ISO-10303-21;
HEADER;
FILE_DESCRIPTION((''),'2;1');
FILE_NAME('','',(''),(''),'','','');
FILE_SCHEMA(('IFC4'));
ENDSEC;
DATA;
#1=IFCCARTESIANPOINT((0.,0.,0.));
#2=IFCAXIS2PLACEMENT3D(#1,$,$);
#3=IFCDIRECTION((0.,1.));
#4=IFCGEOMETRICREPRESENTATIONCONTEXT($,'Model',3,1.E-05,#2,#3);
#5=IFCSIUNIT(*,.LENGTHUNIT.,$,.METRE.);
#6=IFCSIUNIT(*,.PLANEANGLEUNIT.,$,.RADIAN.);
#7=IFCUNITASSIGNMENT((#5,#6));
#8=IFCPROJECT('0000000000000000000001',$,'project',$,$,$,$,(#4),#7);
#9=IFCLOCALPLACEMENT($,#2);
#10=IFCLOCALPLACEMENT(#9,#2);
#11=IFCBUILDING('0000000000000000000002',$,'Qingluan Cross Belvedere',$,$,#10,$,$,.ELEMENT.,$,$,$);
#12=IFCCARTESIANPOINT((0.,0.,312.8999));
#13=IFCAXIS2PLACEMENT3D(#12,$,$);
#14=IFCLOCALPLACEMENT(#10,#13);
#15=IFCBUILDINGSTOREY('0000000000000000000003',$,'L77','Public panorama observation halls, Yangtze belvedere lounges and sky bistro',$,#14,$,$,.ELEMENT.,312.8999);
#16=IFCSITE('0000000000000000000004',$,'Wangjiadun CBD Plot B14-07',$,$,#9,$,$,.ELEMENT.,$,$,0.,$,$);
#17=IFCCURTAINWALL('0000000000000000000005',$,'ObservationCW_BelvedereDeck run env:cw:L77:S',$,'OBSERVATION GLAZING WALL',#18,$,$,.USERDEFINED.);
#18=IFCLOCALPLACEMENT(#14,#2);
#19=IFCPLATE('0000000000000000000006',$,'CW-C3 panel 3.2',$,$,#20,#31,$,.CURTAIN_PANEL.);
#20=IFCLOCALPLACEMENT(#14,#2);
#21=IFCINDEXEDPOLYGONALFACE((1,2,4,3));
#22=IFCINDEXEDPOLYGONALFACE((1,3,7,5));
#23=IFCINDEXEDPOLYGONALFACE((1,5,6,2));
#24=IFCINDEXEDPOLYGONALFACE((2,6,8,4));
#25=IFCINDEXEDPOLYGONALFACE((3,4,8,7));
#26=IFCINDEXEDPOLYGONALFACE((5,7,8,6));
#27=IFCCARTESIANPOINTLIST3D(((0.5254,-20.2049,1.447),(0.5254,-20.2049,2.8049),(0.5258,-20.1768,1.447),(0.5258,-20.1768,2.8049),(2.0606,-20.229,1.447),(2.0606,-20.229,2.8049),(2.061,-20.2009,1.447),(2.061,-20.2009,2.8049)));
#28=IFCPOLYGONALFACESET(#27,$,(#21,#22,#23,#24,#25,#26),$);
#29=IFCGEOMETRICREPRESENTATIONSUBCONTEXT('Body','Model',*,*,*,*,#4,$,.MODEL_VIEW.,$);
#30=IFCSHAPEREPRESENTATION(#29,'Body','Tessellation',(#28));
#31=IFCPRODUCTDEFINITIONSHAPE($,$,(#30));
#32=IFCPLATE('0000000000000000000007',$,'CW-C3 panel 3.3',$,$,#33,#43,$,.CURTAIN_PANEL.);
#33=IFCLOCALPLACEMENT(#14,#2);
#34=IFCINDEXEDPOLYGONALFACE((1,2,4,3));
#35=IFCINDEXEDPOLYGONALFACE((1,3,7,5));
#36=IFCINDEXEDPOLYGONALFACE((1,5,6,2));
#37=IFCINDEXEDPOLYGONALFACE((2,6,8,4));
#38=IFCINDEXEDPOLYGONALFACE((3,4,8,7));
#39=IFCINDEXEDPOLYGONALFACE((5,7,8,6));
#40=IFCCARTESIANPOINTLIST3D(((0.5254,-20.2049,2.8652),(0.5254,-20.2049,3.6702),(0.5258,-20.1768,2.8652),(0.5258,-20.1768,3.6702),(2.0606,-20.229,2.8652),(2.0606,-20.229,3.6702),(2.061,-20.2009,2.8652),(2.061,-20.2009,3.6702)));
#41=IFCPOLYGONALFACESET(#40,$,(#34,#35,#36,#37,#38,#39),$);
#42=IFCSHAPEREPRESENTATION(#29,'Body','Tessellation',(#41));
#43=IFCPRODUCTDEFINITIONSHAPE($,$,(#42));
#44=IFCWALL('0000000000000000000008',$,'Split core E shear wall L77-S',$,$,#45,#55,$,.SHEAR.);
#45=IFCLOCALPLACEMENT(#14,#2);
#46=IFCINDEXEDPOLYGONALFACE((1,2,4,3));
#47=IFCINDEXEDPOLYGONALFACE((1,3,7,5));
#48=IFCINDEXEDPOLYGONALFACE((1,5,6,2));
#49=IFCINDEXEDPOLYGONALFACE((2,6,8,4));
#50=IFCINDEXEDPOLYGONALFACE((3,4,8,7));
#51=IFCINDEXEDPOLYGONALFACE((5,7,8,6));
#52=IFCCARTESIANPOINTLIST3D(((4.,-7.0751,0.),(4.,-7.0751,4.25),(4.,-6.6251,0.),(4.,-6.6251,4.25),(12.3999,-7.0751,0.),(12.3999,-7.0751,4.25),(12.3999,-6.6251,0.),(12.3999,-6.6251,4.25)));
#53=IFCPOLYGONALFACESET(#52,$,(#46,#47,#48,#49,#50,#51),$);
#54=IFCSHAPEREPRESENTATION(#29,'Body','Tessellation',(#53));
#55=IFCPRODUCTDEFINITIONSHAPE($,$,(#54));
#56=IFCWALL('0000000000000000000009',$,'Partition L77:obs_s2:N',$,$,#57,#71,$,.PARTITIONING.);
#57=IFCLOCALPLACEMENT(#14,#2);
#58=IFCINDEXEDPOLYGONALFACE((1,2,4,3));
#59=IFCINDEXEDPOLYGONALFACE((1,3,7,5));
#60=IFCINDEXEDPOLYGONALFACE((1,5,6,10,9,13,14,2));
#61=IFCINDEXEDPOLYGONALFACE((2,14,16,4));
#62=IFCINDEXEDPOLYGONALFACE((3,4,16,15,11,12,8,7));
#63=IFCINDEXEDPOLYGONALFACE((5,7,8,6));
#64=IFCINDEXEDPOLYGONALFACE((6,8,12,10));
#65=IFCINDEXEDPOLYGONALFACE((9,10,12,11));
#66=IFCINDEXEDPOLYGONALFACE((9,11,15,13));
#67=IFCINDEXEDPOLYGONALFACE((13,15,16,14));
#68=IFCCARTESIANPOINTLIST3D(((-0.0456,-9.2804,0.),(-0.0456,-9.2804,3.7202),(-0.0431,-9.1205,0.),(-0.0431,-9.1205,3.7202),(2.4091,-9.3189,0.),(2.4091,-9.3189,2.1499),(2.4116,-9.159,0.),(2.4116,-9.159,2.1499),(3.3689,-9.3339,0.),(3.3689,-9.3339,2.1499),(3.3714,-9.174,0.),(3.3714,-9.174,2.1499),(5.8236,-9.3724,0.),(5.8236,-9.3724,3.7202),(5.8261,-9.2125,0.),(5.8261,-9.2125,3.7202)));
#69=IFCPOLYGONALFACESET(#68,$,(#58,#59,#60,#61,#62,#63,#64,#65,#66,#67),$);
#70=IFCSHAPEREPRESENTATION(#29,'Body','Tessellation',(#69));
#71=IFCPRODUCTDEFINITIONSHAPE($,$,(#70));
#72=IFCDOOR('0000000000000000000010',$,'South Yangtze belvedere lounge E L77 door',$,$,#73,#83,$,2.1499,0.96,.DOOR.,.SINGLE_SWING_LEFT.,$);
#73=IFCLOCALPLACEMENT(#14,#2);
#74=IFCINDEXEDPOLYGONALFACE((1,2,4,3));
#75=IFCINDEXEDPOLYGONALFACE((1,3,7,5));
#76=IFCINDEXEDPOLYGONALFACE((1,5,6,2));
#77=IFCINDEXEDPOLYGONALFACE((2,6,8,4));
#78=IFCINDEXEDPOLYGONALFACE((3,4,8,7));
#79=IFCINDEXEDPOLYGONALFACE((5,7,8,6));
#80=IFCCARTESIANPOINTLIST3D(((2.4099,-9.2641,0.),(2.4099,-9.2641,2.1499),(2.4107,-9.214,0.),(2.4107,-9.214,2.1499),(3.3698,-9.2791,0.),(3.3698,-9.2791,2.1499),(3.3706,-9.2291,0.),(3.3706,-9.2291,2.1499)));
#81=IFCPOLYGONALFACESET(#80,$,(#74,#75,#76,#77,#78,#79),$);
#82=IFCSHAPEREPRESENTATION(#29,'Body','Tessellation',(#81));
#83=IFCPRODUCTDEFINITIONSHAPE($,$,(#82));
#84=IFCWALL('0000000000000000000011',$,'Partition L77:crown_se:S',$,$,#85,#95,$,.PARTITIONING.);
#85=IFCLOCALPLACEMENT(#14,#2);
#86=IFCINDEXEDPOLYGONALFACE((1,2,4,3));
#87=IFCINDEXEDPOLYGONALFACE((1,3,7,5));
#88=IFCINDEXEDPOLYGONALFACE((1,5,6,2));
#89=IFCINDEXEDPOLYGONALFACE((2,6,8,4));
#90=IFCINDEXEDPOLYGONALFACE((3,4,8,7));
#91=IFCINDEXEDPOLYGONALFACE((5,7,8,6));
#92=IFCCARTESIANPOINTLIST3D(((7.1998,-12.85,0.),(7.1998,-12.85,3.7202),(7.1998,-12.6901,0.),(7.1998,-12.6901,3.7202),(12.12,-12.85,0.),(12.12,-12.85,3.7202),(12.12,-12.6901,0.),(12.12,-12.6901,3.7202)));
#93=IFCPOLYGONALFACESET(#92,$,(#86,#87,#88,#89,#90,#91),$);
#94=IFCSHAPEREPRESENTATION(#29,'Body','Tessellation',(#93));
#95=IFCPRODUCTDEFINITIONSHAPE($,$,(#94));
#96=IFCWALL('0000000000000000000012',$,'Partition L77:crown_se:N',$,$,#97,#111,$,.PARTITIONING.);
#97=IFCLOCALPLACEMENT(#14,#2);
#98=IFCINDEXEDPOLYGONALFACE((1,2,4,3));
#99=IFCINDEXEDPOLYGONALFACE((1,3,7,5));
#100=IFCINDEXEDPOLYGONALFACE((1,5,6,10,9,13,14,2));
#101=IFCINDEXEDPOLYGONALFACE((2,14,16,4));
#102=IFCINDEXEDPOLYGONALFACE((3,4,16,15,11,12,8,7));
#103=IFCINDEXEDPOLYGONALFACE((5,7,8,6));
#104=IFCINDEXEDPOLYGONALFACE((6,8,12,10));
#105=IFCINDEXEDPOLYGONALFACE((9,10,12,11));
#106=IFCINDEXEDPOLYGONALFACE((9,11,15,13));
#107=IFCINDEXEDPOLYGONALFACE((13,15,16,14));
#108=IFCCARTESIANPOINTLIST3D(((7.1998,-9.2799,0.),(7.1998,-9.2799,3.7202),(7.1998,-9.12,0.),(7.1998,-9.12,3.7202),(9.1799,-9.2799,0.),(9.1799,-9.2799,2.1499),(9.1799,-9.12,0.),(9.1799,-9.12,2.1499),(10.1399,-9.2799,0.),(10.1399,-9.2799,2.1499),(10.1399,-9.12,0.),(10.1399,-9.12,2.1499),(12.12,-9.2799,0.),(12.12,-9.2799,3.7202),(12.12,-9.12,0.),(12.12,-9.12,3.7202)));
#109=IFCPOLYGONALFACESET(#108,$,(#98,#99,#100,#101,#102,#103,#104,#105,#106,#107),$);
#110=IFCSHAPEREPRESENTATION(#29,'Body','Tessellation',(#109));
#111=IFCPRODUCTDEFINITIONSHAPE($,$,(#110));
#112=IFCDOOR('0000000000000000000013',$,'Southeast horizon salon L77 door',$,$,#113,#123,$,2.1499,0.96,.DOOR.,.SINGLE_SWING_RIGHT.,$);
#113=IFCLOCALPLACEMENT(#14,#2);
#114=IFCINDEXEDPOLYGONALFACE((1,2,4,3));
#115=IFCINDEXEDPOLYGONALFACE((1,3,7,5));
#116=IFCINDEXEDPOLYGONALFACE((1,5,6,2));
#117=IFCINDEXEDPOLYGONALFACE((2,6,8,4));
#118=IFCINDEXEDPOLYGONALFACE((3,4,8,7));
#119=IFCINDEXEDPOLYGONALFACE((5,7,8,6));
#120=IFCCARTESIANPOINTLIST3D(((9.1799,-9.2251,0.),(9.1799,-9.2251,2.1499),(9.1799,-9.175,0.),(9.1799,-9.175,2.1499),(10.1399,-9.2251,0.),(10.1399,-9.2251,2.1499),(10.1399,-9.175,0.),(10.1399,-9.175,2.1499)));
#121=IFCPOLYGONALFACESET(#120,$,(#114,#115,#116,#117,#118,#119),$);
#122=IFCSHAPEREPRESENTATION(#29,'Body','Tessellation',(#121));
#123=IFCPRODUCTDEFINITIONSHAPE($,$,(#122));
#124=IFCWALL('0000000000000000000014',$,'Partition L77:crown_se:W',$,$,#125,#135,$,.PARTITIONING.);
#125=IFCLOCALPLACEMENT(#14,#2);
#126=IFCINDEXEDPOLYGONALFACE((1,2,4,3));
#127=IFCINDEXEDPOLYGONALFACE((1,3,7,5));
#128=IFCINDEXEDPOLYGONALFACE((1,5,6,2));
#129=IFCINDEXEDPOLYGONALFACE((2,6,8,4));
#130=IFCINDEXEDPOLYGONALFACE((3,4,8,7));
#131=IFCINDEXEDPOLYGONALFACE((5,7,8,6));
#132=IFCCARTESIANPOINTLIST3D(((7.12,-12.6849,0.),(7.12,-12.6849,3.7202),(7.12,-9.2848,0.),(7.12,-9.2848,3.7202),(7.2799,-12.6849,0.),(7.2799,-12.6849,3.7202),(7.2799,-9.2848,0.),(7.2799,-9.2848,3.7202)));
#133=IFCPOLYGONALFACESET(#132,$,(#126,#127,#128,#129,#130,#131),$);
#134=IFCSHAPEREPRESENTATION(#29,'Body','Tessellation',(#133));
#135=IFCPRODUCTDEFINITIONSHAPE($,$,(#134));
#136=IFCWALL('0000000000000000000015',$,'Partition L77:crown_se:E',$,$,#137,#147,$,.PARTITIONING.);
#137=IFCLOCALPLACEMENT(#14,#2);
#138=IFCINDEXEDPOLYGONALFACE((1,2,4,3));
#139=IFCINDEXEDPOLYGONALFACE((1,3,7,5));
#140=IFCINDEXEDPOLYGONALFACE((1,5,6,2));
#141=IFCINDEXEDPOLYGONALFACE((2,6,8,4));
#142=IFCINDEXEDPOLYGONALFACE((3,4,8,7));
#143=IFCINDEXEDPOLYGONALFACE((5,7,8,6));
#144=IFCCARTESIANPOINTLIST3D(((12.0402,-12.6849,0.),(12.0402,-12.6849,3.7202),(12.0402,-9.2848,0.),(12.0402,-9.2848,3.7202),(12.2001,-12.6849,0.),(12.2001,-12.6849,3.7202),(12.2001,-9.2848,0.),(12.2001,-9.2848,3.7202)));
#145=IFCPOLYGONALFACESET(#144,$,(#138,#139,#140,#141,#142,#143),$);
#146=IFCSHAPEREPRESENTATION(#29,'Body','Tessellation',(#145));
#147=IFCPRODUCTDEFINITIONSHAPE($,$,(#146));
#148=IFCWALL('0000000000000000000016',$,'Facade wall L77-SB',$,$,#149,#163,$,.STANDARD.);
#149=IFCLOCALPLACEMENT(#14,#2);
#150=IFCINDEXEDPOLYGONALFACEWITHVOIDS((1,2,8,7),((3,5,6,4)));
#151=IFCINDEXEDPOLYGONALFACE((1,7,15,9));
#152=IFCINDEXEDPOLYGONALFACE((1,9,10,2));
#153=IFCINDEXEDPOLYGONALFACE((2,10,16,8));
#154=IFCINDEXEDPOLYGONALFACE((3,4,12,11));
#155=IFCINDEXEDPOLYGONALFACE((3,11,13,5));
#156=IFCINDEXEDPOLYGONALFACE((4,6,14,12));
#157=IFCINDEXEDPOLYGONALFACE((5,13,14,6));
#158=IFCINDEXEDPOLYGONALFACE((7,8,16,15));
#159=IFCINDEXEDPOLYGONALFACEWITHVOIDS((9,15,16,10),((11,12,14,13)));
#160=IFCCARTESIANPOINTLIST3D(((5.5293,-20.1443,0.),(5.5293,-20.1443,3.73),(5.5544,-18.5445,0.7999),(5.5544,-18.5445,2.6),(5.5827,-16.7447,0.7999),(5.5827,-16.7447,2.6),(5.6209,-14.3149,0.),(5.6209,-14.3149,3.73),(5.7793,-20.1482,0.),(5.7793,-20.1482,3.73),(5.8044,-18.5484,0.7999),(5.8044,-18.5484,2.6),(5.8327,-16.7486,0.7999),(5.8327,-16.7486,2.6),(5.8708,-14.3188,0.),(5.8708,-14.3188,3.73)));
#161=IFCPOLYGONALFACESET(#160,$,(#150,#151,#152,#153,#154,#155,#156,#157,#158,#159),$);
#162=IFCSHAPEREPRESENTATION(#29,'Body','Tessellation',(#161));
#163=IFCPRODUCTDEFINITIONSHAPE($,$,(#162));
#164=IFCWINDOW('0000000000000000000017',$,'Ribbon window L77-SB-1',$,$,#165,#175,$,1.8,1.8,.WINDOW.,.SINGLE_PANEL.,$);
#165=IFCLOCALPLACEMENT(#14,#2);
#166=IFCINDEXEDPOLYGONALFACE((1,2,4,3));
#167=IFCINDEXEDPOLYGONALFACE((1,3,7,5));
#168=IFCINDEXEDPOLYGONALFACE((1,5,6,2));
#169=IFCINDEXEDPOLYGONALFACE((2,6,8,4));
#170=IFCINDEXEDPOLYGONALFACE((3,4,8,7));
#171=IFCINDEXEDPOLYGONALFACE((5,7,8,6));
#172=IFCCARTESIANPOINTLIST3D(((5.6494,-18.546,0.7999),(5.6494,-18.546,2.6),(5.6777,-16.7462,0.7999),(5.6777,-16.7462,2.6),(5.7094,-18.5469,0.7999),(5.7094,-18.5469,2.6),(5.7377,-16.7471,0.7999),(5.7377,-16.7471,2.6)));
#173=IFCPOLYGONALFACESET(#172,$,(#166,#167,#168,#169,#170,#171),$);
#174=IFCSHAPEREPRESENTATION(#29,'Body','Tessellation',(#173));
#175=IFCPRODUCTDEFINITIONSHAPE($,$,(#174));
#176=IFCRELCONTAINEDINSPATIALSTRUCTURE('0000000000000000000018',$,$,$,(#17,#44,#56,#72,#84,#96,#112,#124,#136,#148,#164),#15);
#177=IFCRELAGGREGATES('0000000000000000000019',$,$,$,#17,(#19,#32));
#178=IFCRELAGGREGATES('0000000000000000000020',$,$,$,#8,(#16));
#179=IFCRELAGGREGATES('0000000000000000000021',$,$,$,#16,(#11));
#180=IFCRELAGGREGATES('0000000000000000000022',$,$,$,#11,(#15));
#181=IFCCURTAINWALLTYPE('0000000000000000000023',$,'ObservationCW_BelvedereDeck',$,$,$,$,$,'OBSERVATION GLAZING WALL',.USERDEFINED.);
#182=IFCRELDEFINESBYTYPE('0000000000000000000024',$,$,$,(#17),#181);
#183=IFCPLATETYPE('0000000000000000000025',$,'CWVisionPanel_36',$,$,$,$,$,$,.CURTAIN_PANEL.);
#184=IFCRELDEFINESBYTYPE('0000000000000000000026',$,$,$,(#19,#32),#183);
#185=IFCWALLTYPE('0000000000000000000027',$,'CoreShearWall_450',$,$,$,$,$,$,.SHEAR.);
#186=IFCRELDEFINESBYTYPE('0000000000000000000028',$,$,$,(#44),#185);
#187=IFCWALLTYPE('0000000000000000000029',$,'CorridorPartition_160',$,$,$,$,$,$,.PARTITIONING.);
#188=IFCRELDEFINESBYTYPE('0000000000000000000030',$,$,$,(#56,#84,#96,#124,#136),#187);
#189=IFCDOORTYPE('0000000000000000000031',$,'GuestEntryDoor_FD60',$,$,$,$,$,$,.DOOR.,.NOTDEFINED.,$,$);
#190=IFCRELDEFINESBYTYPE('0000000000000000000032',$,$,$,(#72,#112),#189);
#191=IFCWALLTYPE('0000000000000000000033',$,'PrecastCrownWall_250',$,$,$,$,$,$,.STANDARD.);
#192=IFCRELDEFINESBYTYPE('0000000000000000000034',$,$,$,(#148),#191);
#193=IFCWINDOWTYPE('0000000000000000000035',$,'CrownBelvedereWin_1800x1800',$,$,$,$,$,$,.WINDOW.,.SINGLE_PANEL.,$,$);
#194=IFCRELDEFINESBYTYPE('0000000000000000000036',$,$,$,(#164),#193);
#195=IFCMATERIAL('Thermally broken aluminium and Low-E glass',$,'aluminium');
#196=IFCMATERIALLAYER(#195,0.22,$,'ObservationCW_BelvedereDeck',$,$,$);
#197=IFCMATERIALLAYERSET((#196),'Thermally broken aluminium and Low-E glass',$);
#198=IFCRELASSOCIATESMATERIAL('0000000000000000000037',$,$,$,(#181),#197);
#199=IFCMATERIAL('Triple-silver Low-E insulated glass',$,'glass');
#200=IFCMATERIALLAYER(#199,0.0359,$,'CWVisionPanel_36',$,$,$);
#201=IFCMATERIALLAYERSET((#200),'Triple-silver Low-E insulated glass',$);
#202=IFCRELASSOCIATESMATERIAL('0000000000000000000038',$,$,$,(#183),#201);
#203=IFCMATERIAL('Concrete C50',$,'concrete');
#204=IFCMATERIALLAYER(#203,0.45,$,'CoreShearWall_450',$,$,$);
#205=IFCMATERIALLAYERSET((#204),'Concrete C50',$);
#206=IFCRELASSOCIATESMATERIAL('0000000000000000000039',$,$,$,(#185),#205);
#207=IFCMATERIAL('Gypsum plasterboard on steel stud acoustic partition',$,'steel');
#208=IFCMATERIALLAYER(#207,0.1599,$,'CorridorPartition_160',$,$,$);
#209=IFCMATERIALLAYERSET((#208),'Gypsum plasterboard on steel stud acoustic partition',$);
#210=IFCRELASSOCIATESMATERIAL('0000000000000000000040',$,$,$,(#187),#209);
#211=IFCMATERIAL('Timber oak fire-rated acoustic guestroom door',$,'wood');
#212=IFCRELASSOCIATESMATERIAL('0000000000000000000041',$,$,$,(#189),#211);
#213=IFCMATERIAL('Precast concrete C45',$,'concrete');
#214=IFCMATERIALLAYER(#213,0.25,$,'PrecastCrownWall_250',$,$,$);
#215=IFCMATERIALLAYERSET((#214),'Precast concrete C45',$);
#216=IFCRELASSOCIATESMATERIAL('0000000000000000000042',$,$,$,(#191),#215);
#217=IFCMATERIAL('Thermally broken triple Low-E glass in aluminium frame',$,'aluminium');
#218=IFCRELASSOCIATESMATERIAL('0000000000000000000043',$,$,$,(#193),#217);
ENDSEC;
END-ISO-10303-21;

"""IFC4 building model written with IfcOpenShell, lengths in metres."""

from ifc_helpers import new_model, si_unit, direction, frame, frame_2d, origin, origin_2d, place, context, subcontext, project, spatial, rectangle, extrude, material, layer, layer_set, type_object, element, fill, aggregate, save


model = new_model("IFC4")

# Units and contexts
model_context = context("Model", 3, precision=1e-05, world=origin(), true_north=direction((0.0, 1.0)))
body_context = subcontext(model_context, "Body", "Model", "MODEL_VIEW")
ifc_project = project(units=[si_unit("LENGTHUNIT", "METRE"), si_unit("PLANEANGLEUNIT", "RADIAN")], contexts=[model_context])

# Site, building, storey
site_placement = place(None, origin())
site = spatial("IfcSite", under=ifc_project, at=site_placement, Name="Wangjiadun CBD Plot B14-07", CompositionType="ELEMENT", RefElevation=0.0)
building_placement = place(site_placement, origin())
building = spatial("IfcBuilding", under=site, at=building_placement, Name="Qingluan Cross Belvedere", CompositionType="ELEMENT")
storey_placement = place(building_placement, frame((0.0, 0.0, 312.8999)))
storey = spatial("IfcBuildingStorey", under=building, at=storey_placement, Name="L77", Description="Public panorama observation halls, Yangtze belvedere lounges and sky bistro", CompositionType="ELEMENT", Elevation=312.8999)

# Curtain wall
ifc_material_1 = material(Name="Thermally broken aluminium and Low-E glass", Category="aluminium")
ifc_layer_1 = layer(ifc_material_1, 0.22, Name="ObservationCW_BelvedereDeck")
ifc_layer_set_1 = layer_set([ifc_layer_1], Name="Thermally broken aluminium and Low-E glass")
curtain_wall_type = type_object("IfcCurtainWallType", Name="ObservationCW_BelvedereDeck", ElementType="OBSERVATION GLAZING WALL", PredefinedType="USERDEFINED", material=ifc_layer_set_1)
curtain_wall_placement = place(storey_placement, origin())
curtain_wall = element("IfcCurtainWall", 1, at=curtain_wall_placement, inside=storey, type_object=curtain_wall_type, Name="ObservationCW_BelvedereDeck run env:cw:L77:S", ObjectType="OBSERVATION GLAZING WALL", PredefinedType="USERDEFINED")

# Plates
ifc_material_2 = material(Name="Triple-silver Low-E insulated glass", Category="glass")
ifc_layer_2 = layer(ifc_material_2, 0.0359, Name="CWVisionPanel_36")
ifc_layer_set_2 = layer_set([ifc_layer_2], Name="Triple-silver Low-E insulated glass")
plate_type = type_object("IfcPlateType", Name="CWVisionPanel_36", PredefinedType="CURTAIN_PANEL", material=ifc_layer_set_2)
plate_1_placement = place(storey_placement, frame((1.2932, -20.2029, 1.447), z_axis=(0.0, 0.0, 1.0), x_axis=(0.999877, -0.01571, 0.0)))
plate_1 = element("IfcPlate", 2, at=plate_1_placement, type_object=plate_type, Name="CW-C3 panel 3.2", PredefinedType="CURTAIN_PANEL", context=body_context, shape_type="SweptSolid", body=[
    extrude(rectangle(XDim=1.5354, YDim=0.0281, at=origin_2d()), origin(), (0.0, 0.0, 1.0), 1.3579),
])
plate_2_placement = place(storey_placement, frame((1.2932, -20.2029, 2.8652), z_axis=(0.0, 0.0, 1.0), x_axis=(0.999877, -0.01571, 0.0)))
plate_2 = element("IfcPlate", 3, at=plate_2_placement, type_object=plate_type, Name="CW-C3 panel 3.3", PredefinedType="CURTAIN_PANEL", context=body_context, shape_type="SweptSolid", body=[
    extrude(rectangle(XDim=1.5354, YDim=0.0281, at=origin_2d()), origin(), (0.0, 0.0, 1.0), 0.8049),
])
aggregate(curtain_wall, [plate_1, plate_2])

# Wall
ifc_material_3 = material(Name="Concrete C50", Category="concrete")
ifc_layer_3 = layer(ifc_material_3, 0.45, Name="CoreShearWall_450")
ifc_layer_set_3 = layer_set([ifc_layer_3], Name="Concrete C50")
wall_type_1 = type_object("IfcWallType", Name="CoreShearWall_450", PredefinedType="SHEAR", material=ifc_layer_set_3)
wall_1_placement = place(storey_placement, frame((4.0, -6.8501, 0.0), z_axis=(0.0, 0.0, 1.0), x_axis=(1.0, 0.0, 0.0)))
element("IfcWall", 4, at=wall_1_placement, inside=storey, type_object=wall_type_1, Name="Split core E shear wall L77-S", PredefinedType="SHEAR", context=body_context, shape_type="SweptSolid", body=[
    extrude(rectangle(XDim=8.3999, YDim=0.45, at=frame_2d((4.2, 0.0))), origin(), (0.0, 0.0, 1.0), 4.25),
])

# Wall, opening, door
ifc_material_4 = material(Name="Gypsum plasterboard on steel stud acoustic partition", Category="steel")
ifc_layer_4 = layer(ifc_material_4, 0.1599, Name="CorridorPartition_160")
ifc_layer_set_4 = layer_set([ifc_layer_4], Name="Gypsum plasterboard on steel stud acoustic partition")
wall_type_2 = type_object("IfcWallType", Name="CorridorPartition_160", PredefinedType="PARTITIONING", material=ifc_layer_set_4)
wall_2_placement = place(storey_placement, frame((-0.0444, -9.2004, 0.0), z_axis=(0.0, 0.0, 1.0), x_axis=(0.999877, -0.01568, 0.0)))
wall_2 = element("IfcWall", 5, at=wall_2_placement, inside=storey, type_object=wall_type_2, Name="Partition L77:obs_s2:N", PredefinedType="PARTITIONING", context=body_context, shape_type="SweptSolid", body=[
    extrude(rectangle(XDim=5.8699, YDim=0.1599, at=frame_2d((2.9351, 0.0))), origin(), (0.0, 0.0, 1.0), 3.7202),
])
opening_1_placement = place(wall_2_placement, frame((2.4551, 0.0, 0.0)))
opening_1 = element("IfcOpeningElement", 6, at=opening_1_placement, cuts=wall_2, PredefinedType="OPENING", context=body_context, shape_type="SweptSolid", body=[
    extrude(rectangle(XDim=0.96, YDim=2.1499, at=frame_2d((0.48, 1.075))), frame((0.0, 0.0898, 0.0), z_axis=(0.0, -1.0, 0.0), x_axis=(1.0, 0.0, 0.0)), (0.0, 0.0, 1.0), 0.1799),
])
ifc_material_5 = material(Name="Timber oak fire-rated acoustic guestroom door", Category="wood")
door_type = type_object("IfcDoorType", Name="GuestEntryDoor_FD60", OperationType="NOTDEFINED", PredefinedType="DOOR", material=ifc_material_5)
door_1_placement = place(opening_1_placement, origin())
door_1 = element("IfcDoor", 7, at=door_1_placement, inside=storey, type_object=door_type, Name="South Yangtze belvedere lounge E L77 door", OperationType="SINGLE_SWING_LEFT", OverallHeight=2.1499, OverallWidth=0.96, PredefinedType="DOOR", context=body_context, shape_type="SweptSolid", body=[
    extrude(rectangle(XDim=0.96, YDim=2.1499, at=frame_2d((0.48, 1.075))), frame((0.0, 0.0249, 0.0), z_axis=(0.0, -1.0, 0.0), x_axis=(1.0, 0.0, 0.0)), (0.0, 0.0, 1.0), 0.05),
])
fill(opening_1, door_1)

# Wall
wall_3_placement = place(storey_placement, frame((7.2, -12.77, 0.0), z_axis=(0.0, 0.0, 1.0), x_axis=(1.0, 0.0, 0.0)))
element("IfcWall", 8, at=wall_3_placement, inside=storey, type_object=wall_type_2, Name="Partition L77:crown_se:S", PredefinedType="PARTITIONING", context=body_context, shape_type="SweptSolid", body=[
    extrude(rectangle(XDim=4.9202, YDim=0.1599, at=frame_2d((2.46, 0.0))), origin(), (0.0, 0.0, 1.0), 3.7202),
])

# Wall, opening, door
wall_4_placement = place(storey_placement, frame((7.2, -9.2, 0.0), z_axis=(0.0, 0.0, 1.0), x_axis=(1.0, 0.0, 0.0)))
wall_4 = element("IfcWall", 9, at=wall_4_placement, inside=storey, type_object=wall_type_2, Name="Partition L77:crown_se:N", PredefinedType="PARTITIONING", context=body_context, shape_type="SweptSolid", body=[
    extrude(rectangle(XDim=4.9202, YDim=0.1599, at=frame_2d((2.46, 0.0))), origin(), (0.0, 0.0, 1.0), 3.7202),
])
opening_2_placement = place(wall_4_placement, frame((1.98, 0.0, 0.0)))
opening_2 = element("IfcOpeningElement", 10, at=opening_2_placement, cuts=wall_4, PredefinedType="OPENING", context=body_context, shape_type="SweptSolid", body=[
    extrude(rectangle(XDim=0.96, YDim=2.1499, at=frame_2d((0.48, 1.075))), frame((0.0, 0.0898, 0.0), z_axis=(0.0, -1.0, 0.0), x_axis=(1.0, 0.0, 0.0)), (0.0, 0.0, 1.0), 0.1799),
])
door_2_placement = place(opening_2_placement, origin())
door_2 = element("IfcDoor", 11, at=door_2_placement, inside=storey, type_object=door_type, Name="Southeast horizon salon L77 door", OperationType="SINGLE_SWING_RIGHT", OverallHeight=2.1499, OverallWidth=0.96, PredefinedType="DOOR", context=body_context, shape_type="SweptSolid", body=[
    extrude(rectangle(XDim=0.96, YDim=2.1499, at=frame_2d((0.48, 1.075))), frame((0.0, 0.0249, 0.0), z_axis=(0.0, -1.0, 0.0), x_axis=(1.0, 0.0, 0.0)), (0.0, 0.0, 1.0), 0.05),
])
fill(opening_2, door_2)

# Walls
for number, where, z_axis, x_axis, name in (
    (12, (7.2, -12.6851, 0.0), (0.0, 0.0, 1.0), (0.0, 1.0, 0.0), "Partition L77:crown_se:W"),
    (13, (12.1201, -12.6851, 0.0), (0.0, 0.0, 1.0), (0.0, 1.0, 0.0), "Partition L77:crown_se:E"),
):
    element("IfcWall", number, at=place(storey_placement, frame(where, z_axis=z_axis, x_axis=x_axis)), inside=storey, type_object=wall_type_2, Name=name, PredefinedType="PARTITIONING", context=body_context, shape_type="SweptSolid", body=[
        extrude(rectangle(XDim=3.4001, YDim=0.1599, at=frame_2d((1.7002, 0.0))), origin(), (0.0, 0.0, 1.0), 3.7202),
    ])

# Wall, opening, window
ifc_material_6 = material(Name="Precast concrete C45", Category="concrete")
ifc_layer_5 = layer(ifc_material_6, 0.25, Name="PrecastCrownWall_250")
ifc_layer_set_5 = layer_set([ifc_layer_5], Name="Precast concrete C45")
wall_type_3 = type_object("IfcWallType", Name="PrecastCrownWall_250", PredefinedType="STANDARD", material=ifc_layer_set_5)
wall_5_placement = place(storey_placement, frame((5.6543, -20.1462, 0.0), z_axis=(0.0, 0.0, 1.0), x_axis=(0.015704, 0.999877, 0.0)))
wall_5 = element("IfcWall", 14, at=wall_5_placement, inside=storey, type_object=wall_type_3, Name="Facade wall L77-SB", PredefinedType="STANDARD", context=body_context, shape_type="SweptSolid", body=[
    extrude(rectangle(XDim=5.8301, YDim=0.25, at=frame_2d((2.915, 0.0))), origin(), (0.0, 0.0, 1.0), 3.73),
])
opening_3_placement = place(wall_5_placement, frame((1.6001, 0.0, 0.8)))
opening_3 = element("IfcOpeningElement", 15, at=opening_3_placement, cuts=wall_5, PredefinedType="OPENING", context=body_context, shape_type="SweptSolid", body=[
    extrude(rectangle(XDim=1.8, YDim=1.8, at=frame_2d((0.8999, 0.8999))), frame((0.0, 0.135, 0.0), z_axis=(0.0, -1.0, 0.0), x_axis=(1.0, 0.0, 0.0)), (0.0, 0.0, 1.0), 0.27),
])
ifc_material_7 = material(Name="Thermally broken triple Low-E glass in aluminium frame", Category="aluminium")
window_type = type_object("IfcWindowType", Name="CrownBelvedereWin_1800x1800", PartitioningType="SINGLE_PANEL", PredefinedType="WINDOW", material=ifc_material_7)
window_placement = place(opening_3_placement, origin())
window = element("IfcWindow", 16, at=window_placement, inside=storey, type_object=window_type, Name="Ribbon window L77-SB-1", OverallHeight=1.8, OverallWidth=1.8, PartitioningType="SINGLE_PANEL", PredefinedType="WINDOW", context=body_context, shape_type="SweptSolid", body=[
    extrude(rectangle(XDim=1.8, YDim=1.8, at=frame_2d((0.8999, 0.8999))), frame((0.0, 0.03, 0.0), z_axis=(0.0, -1.0, 0.0), x_axis=(1.0, 0.0, 0.0)), (0.0, 0.0, 1.0), 0.0601),
])
fill(opening_3, window)

save(model, "model.ifc")
